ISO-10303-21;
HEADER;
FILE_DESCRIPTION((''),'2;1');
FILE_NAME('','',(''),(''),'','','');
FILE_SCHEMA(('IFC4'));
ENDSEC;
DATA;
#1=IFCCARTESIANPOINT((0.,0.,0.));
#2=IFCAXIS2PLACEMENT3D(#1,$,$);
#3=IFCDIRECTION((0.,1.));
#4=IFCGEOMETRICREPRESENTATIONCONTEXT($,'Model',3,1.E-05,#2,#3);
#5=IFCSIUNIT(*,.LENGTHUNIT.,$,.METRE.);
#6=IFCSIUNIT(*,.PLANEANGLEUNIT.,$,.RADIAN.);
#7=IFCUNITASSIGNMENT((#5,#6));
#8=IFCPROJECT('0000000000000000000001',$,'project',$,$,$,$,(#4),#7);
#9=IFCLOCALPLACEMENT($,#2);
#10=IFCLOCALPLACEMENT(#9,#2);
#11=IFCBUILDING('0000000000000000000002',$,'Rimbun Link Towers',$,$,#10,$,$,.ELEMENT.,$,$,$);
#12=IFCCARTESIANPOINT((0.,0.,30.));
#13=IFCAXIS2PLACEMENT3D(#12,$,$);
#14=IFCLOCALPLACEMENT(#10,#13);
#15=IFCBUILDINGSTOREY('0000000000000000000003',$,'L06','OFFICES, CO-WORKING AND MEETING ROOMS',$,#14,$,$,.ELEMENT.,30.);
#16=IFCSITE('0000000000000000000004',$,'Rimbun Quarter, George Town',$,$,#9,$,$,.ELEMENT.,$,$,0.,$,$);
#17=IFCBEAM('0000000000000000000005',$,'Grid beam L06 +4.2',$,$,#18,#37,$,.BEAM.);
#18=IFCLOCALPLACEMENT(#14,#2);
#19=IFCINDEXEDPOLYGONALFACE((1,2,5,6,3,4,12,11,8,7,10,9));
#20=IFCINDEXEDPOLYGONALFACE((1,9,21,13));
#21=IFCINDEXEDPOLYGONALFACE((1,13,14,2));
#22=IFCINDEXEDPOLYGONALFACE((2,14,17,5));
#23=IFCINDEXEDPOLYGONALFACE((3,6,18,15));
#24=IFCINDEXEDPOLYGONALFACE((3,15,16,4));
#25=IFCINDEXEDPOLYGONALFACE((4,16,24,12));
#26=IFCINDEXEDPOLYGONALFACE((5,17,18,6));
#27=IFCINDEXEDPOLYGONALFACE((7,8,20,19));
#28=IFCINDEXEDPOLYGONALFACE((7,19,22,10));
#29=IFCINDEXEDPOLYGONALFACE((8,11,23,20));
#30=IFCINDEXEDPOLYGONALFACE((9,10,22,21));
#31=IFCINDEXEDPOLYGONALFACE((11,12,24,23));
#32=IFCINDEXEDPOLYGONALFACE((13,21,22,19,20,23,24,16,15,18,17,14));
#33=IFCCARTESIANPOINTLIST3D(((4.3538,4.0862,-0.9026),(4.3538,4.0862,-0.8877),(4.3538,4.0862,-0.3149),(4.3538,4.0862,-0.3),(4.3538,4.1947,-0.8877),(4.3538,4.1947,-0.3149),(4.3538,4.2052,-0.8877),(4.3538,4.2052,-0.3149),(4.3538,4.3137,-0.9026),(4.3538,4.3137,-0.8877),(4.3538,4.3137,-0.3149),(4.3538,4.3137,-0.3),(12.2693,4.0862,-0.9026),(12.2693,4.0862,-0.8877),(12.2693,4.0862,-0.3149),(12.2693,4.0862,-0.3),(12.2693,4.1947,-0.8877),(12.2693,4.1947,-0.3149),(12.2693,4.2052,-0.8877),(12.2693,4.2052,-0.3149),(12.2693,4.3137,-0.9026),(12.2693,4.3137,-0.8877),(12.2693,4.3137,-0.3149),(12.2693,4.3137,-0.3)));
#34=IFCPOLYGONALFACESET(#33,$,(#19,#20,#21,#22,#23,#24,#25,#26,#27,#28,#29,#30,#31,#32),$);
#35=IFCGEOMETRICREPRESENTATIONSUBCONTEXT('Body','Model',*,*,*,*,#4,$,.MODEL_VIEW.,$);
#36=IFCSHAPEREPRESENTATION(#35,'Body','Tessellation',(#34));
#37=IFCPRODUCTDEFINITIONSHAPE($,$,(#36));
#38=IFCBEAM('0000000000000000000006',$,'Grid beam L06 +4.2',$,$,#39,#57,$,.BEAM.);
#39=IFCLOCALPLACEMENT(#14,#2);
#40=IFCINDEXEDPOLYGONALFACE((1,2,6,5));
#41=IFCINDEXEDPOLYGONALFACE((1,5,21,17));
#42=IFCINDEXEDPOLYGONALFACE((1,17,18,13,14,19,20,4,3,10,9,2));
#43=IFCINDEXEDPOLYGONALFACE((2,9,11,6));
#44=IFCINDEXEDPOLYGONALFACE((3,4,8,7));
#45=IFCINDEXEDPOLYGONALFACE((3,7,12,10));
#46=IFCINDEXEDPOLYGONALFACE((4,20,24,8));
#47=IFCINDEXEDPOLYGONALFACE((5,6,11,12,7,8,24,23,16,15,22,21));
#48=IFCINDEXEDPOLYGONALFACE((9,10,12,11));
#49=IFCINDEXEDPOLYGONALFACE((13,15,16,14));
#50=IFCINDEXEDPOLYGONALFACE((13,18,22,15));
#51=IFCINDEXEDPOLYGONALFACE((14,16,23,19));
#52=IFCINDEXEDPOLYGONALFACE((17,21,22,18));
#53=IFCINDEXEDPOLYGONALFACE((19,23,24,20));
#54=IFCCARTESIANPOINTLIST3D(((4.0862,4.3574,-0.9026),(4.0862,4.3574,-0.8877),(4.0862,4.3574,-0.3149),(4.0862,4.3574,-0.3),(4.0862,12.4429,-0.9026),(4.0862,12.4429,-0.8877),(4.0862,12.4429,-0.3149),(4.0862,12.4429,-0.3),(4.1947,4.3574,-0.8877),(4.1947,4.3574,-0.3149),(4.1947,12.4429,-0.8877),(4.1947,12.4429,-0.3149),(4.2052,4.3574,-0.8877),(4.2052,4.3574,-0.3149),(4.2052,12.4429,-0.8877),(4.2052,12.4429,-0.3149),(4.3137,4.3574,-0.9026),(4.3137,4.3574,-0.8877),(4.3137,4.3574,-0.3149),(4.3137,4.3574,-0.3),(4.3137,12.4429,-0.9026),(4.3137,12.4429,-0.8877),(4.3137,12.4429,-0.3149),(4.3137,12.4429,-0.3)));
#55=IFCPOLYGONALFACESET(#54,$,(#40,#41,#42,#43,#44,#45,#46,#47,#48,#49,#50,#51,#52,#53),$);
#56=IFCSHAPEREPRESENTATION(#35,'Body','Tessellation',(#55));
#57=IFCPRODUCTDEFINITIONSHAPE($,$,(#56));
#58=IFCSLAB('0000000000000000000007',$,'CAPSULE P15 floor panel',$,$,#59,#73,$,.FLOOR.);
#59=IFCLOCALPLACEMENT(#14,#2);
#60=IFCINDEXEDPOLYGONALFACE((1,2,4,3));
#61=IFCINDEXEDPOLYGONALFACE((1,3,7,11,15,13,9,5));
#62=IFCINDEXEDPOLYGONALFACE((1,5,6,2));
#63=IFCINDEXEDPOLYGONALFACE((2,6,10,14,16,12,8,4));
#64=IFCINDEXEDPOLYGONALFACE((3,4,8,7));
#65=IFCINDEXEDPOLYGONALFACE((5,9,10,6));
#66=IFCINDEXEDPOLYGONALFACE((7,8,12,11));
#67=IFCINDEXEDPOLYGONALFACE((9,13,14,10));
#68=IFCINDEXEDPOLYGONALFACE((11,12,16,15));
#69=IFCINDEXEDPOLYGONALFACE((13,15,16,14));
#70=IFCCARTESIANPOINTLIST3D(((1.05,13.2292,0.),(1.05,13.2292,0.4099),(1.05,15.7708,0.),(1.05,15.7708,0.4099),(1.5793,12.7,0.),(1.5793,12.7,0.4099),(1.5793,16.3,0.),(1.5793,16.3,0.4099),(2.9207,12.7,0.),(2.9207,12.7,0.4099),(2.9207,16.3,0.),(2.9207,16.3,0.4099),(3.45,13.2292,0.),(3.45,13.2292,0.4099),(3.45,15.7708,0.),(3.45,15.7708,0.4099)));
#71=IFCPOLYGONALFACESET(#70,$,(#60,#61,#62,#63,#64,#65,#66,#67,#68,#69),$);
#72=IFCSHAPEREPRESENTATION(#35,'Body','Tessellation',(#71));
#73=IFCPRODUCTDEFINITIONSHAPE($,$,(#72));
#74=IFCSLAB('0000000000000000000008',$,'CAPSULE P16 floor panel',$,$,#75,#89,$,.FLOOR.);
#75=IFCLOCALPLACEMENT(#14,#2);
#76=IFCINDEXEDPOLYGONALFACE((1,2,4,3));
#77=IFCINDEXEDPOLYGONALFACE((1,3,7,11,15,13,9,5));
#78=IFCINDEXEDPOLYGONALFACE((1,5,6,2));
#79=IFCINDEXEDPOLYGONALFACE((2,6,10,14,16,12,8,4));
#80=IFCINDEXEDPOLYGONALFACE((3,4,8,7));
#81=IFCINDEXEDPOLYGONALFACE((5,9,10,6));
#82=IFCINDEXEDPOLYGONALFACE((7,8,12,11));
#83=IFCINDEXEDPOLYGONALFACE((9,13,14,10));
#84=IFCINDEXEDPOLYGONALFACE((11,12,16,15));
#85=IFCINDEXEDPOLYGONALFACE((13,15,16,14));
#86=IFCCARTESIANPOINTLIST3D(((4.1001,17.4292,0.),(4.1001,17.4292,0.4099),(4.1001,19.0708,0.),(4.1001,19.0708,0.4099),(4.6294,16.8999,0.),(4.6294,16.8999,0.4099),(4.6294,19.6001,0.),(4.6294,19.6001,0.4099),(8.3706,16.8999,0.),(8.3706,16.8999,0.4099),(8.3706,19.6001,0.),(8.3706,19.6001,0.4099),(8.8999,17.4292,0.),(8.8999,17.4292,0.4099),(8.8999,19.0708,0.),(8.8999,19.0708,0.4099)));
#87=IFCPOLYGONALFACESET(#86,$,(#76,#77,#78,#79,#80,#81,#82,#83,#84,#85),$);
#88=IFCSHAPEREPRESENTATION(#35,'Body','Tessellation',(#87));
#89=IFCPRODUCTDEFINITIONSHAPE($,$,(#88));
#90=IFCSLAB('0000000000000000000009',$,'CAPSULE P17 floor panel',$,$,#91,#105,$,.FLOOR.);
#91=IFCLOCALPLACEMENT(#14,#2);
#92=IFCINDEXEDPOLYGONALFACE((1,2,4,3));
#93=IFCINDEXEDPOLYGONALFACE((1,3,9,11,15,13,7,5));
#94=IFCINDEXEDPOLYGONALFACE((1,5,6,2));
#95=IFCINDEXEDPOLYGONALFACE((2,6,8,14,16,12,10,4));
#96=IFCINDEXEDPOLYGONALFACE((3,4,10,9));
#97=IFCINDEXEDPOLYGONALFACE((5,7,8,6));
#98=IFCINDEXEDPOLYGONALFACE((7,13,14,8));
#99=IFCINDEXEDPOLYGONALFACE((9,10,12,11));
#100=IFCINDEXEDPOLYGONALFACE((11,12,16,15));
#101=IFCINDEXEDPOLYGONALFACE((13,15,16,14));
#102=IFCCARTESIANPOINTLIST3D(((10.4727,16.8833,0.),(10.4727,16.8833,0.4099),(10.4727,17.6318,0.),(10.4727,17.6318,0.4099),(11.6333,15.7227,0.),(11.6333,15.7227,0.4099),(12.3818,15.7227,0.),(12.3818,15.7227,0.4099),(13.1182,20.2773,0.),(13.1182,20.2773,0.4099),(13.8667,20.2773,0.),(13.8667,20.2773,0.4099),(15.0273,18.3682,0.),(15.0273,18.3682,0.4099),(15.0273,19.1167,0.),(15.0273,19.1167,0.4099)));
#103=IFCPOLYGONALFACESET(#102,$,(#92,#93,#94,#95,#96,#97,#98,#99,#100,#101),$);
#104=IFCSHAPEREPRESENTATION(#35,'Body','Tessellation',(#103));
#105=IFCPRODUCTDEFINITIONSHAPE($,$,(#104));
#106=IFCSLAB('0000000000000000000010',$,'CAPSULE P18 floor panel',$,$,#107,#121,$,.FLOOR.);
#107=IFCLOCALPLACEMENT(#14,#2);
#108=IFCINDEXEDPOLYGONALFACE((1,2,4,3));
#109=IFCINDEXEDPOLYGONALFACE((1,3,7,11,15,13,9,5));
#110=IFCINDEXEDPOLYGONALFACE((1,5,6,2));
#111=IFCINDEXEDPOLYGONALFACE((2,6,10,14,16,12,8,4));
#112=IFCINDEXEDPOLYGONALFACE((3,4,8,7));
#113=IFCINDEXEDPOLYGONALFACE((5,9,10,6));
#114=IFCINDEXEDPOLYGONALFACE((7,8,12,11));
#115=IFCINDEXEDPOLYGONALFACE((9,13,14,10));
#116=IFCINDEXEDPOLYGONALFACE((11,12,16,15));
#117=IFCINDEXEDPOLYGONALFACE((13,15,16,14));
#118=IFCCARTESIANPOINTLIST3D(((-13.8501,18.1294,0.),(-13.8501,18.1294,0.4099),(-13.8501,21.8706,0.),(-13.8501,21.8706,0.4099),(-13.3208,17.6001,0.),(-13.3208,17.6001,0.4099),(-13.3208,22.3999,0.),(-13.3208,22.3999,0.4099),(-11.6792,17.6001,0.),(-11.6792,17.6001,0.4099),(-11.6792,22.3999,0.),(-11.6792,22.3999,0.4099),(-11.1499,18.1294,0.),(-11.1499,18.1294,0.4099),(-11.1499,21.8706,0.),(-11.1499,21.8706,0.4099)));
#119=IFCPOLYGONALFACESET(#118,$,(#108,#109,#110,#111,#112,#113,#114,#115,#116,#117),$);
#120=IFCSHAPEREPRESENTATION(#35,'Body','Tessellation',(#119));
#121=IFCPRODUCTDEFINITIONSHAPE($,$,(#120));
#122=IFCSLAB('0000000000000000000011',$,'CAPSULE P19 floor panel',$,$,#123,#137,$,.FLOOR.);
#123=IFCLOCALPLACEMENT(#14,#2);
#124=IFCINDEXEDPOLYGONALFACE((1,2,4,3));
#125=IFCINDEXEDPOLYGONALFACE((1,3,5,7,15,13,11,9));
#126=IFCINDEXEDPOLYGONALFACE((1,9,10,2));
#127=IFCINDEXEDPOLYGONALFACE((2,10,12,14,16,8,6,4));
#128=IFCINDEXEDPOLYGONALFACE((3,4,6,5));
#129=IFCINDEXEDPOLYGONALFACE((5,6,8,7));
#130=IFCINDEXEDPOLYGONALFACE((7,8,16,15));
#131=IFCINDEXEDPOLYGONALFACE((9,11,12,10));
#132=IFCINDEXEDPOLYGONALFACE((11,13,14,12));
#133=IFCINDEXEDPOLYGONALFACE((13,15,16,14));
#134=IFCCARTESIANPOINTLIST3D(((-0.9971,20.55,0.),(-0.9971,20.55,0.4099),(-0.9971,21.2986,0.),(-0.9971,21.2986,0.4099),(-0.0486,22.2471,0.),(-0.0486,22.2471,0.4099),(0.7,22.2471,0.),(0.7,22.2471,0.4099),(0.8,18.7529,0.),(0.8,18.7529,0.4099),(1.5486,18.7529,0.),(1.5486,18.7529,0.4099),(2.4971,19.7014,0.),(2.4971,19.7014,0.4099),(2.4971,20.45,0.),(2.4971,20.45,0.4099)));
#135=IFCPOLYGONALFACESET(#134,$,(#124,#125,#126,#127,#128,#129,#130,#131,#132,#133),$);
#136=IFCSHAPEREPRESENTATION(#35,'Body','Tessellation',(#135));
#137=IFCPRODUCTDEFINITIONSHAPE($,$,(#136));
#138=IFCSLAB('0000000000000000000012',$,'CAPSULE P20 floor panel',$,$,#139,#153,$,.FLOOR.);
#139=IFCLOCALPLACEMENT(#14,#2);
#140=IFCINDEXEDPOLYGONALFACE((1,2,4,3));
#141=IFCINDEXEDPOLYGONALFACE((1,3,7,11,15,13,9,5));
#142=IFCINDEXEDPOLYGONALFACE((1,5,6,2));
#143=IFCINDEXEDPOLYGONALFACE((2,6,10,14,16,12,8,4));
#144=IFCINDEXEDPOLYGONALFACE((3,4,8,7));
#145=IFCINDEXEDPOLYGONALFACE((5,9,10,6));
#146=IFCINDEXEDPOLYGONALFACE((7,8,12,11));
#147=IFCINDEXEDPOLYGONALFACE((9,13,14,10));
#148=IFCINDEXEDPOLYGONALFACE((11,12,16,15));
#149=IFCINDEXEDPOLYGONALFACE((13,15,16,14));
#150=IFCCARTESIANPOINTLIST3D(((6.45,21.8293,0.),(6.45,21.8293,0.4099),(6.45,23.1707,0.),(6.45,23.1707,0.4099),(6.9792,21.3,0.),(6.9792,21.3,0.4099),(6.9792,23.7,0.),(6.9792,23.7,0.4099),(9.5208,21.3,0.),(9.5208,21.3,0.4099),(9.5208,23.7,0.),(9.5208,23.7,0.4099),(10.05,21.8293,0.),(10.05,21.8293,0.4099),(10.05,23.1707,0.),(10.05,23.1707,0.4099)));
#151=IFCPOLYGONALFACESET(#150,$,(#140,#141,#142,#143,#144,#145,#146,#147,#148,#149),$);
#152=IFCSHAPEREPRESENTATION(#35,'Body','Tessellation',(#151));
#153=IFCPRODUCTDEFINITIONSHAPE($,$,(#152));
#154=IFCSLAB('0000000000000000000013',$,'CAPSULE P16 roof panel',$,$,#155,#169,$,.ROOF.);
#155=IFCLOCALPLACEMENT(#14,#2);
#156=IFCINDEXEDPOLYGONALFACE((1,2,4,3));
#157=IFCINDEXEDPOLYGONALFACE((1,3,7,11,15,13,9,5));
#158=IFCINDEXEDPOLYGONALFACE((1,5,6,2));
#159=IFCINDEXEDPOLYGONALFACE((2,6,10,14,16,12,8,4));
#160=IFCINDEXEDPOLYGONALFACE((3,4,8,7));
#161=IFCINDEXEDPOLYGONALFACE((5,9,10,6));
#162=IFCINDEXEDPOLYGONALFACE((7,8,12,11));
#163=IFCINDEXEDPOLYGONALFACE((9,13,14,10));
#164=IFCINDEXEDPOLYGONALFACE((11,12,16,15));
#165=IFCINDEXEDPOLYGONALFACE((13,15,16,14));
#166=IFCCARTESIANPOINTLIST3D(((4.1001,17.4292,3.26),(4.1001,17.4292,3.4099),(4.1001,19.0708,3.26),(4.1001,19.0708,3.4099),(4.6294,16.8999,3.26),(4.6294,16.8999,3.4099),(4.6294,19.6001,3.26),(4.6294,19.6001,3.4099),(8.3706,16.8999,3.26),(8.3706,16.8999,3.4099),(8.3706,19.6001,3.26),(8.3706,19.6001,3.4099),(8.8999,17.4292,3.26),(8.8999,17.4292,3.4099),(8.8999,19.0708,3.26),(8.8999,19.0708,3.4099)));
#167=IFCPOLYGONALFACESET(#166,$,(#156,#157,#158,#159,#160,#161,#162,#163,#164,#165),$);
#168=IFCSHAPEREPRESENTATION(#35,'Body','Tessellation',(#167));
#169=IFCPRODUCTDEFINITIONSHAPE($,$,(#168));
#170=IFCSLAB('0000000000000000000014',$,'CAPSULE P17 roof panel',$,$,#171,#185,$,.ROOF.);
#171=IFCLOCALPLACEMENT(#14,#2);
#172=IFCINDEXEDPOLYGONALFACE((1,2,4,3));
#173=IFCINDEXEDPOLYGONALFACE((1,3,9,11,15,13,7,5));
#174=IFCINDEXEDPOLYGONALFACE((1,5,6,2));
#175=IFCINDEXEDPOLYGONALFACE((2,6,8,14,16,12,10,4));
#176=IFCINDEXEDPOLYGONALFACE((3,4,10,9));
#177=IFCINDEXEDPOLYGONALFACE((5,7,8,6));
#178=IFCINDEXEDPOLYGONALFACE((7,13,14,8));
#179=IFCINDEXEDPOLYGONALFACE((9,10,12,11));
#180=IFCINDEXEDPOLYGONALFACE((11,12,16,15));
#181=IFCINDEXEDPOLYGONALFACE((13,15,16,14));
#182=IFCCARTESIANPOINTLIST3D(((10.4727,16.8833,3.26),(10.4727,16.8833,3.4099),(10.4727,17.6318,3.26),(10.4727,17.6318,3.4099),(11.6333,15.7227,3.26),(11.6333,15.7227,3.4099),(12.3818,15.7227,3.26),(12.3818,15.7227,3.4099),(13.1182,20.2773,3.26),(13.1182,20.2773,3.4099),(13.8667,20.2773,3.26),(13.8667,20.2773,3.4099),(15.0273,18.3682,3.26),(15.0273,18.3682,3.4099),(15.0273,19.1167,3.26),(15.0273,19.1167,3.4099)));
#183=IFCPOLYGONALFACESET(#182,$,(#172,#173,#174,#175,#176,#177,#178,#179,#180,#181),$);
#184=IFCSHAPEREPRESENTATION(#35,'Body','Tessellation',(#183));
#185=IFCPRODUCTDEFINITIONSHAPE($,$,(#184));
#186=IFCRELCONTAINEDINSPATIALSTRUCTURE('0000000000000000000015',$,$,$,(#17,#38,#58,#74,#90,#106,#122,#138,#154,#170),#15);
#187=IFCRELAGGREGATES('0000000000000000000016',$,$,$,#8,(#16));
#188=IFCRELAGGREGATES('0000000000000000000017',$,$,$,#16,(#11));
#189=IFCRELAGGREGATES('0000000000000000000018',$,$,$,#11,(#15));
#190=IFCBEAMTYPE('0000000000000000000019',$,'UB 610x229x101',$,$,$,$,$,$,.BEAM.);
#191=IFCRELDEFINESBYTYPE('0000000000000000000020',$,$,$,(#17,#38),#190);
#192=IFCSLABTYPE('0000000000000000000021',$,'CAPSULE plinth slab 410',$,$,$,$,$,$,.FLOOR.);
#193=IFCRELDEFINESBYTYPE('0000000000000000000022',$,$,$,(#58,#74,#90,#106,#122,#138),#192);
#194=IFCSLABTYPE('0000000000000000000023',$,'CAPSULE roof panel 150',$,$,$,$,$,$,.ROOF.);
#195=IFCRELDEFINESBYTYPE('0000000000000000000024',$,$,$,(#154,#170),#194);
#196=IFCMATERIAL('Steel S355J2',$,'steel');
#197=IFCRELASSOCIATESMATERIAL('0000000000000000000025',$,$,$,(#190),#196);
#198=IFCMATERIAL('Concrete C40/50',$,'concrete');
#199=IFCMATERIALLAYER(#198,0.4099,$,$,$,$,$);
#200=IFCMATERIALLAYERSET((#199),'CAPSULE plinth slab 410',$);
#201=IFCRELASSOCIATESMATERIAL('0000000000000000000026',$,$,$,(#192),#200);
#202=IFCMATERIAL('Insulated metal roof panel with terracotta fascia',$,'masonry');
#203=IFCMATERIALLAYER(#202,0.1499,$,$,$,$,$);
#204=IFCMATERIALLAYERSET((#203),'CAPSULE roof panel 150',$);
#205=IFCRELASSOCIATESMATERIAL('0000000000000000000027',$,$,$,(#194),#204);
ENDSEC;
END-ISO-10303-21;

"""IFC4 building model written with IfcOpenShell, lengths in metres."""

from ifc_helpers import new_model, si_unit, direction, frame, origin, origin_2d, place, context, subcontext, project, spatial, polyline, i_section, outline, extrude, material, layer, layer_set, material_profile, profile_set, type_object, element, save


model = new_model("IFC4")

# Units and contexts
model_context = context("Model", 3, precision=1e-05, world=origin(), true_north=direction((0.0, 1.0)))
body_context = subcontext(model_context, "Body", "Model", "MODEL_VIEW")
ifc_project = project(units=[si_unit("LENGTHUNIT", "METRE"), si_unit("PLANEANGLEUNIT", "RADIAN")], contexts=[model_context])

# Site, building, storey
site_placement = place(None, origin())
site = spatial("IfcSite", under=ifc_project, at=site_placement, Name="Rimbun Quarter, George Town", CompositionType="ELEMENT", RefElevation=0.0)
building_placement = place(site_placement, origin())
building = spatial("IfcBuilding", under=site, at=building_placement, Name="Rimbun Link Towers", CompositionType="ELEMENT")
storey_placement = place(building_placement, frame((0.0, 0.0, 30.0)))
storey = spatial("IfcBuildingStorey", under=building, at=storey_placement, Name="L06", Description="OFFICES, CO-WORKING AND MEETING ROOMS", CompositionType="ELEMENT", Elevation=30.0)

# Beams
ifc_material_1 = material(Name="Steel S355J2", Category="steel")
ifc_material_profile = material_profile(ifc_material_1, i_section(OverallWidth=0.2275, OverallDepth=0.6025, WebThickness=0.0105, FlangeThickness=0.0149, at=origin_2d()), Name="UB 610x229x101")
ifc_profile_set = profile_set([ifc_material_profile], Name="Steel S355J2")
beam_type = type_object("IfcBeamType", Name="UB 610x229x101", PredefinedType="BEAM", material=ifc_profile_set)
beam_1_placement = place(storey_placement, frame((4.3538, 4.2, -0.6013), z_axis=(1.0, 0.0, 0.0), x_axis=(0.0, 1.0, 0.0)))
element("IfcBeam", 1, at=beam_1_placement, inside=storey, type_object=beam_type, Name="Grid beam L06 +4.2", PredefinedType="BEAM", context=body_context, shape_type="SweptSolid", body=[
    extrude(i_section(OverallWidth=0.2275, OverallDepth=0.6025, WebThickness=0.0105, FlangeThickness=0.0149, at=origin_2d()), origin(), (0.0, 0.0, 1.0), 7.9155),
])
beam_2_placement = place(storey_placement, frame((4.2, 4.3574, -0.6013), z_axis=(0.0, 1.0, 0.0), x_axis=(-1.0, 0.0, 0.0)))
element("IfcBeam", 2, at=beam_2_placement, inside=storey, type_object=beam_type, Name="Grid beam L06 +4.2", PredefinedType="BEAM", context=body_context, shape_type="SweptSolid", body=[
    extrude(i_section(OverallWidth=0.2275, OverallDepth=0.6025, WebThickness=0.0105, FlangeThickness=0.0149, at=origin_2d()), origin(), (0.0, 0.0, 1.0), 8.0854),
])

# Slabs
ifc_material_2 = material(Name="Concrete C40/50", Category="concrete")
ifc_layer_1 = layer(ifc_material_2, 0.4099)
ifc_layer_set_1 = layer_set([ifc_layer_1], Name="CAPSULE plinth slab 410")
slab_type_1 = type_object("IfcSlabType", Name="CAPSULE plinth slab 410", PredefinedType="FLOOR", material=ifc_layer_set_1)
slab_1_placement = place(storey_placement, origin())
element("IfcSlab", 3, at=slab_1_placement, inside=storey, type_object=slab_type_1, Name="CAPSULE P15 floor panel", PredefinedType="FLOOR", context=body_context, shape_type="SweptSolid", body=[
    extrude(outline(polyline([(1.5793, 16.3), (1.05, 15.7708), (1.05, 13.2292), (1.5793, 12.7), (2.9207, 12.7), (3.45, 13.2292), (3.45, 15.7708), (2.9207, 16.3), (1.5793, 16.3)])), origin(), (0.0, 0.0, 1.0), 0.4099),
])
slab_2_placement = place(storey_placement, origin())
element("IfcSlab", 4, at=slab_2_placement, inside=storey, type_object=slab_type_1, Name="CAPSULE P16 floor panel", PredefinedType="FLOOR", context=body_context, shape_type="SweptSolid", body=[
    extrude(outline(polyline([(8.8999, 19.0708), (8.3706, 19.6001), (4.6294, 19.6001), (4.1001, 19.0708), (4.1001, 17.4292), (4.6294, 16.8999), (8.3706, 16.8999), (8.8999, 17.4292), (8.8999, 19.0708)])), origin(), (0.0, 0.0, 1.0), 0.4099),
])
slab_3_placement = place(storey_placement, origin())
element("IfcSlab", 5, at=slab_3_placement, inside=storey, type_object=slab_type_1, Name="CAPSULE P17 floor panel", PredefinedType="FLOOR", context=body_context, shape_type="SweptSolid", body=[
    extrude(outline(polyline([(13.8667, 20.2773), (13.1182, 20.2773), (10.4727, 17.6318), (10.4727, 16.8833), (11.6333, 15.7227), (12.3818, 15.7227), (15.0273, 18.3682), (15.0273, 19.1167), (13.8667, 20.2773)])), origin(), (0.0, 0.0, 1.0), 0.4099),
])
slab_4_placement = place(storey_placement, origin())
element("IfcSlab", 6, at=slab_4_placement, inside=storey, type_object=slab_type_1, Name="CAPSULE P18 floor panel", PredefinedType="FLOOR", context=body_context, shape_type="SweptSolid", body=[
    extrude(outline(polyline([(-13.3208, 22.3999), (-13.8501, 21.8706), (-13.8501, 18.1294), (-13.3208, 17.6001), (-11.6792, 17.6001), (-11.1499, 18.1294), (-11.1499, 21.8706), (-11.6792, 22.3999), (-13.3208, 22.3999)])), origin(), (0.0, 0.0, 1.0), 0.4099),
])
slab_5_placement = place(storey_placement, origin())
element("IfcSlab", 7, at=slab_5_placement, inside=storey, type_object=slab_type_1, Name="CAPSULE P19 floor panel", PredefinedType="FLOOR", context=body_context, shape_type="SweptSolid", body=[
    extrude(outline(polyline([(-0.9971, 21.2986), (-0.9971, 20.55), (0.8, 18.7529), (1.5486, 18.7529), (2.4971, 19.7014), (2.4971, 20.45), (0.7, 22.2471), (-0.0486, 22.2471), (-0.9971, 21.2986)])), origin(), (0.0, 0.0, 1.0), 0.4099),
])
slab_6_placement = place(storey_placement, origin())
element("IfcSlab", 8, at=slab_6_placement, inside=storey, type_object=slab_type_1, Name="CAPSULE P20 floor panel", PredefinedType="FLOOR", context=body_context, shape_type="SweptSolid", body=[
    extrude(outline(polyline([(10.05, 23.1707), (9.5208, 23.7), (6.9792, 23.7), (6.45, 23.1707), (6.45, 21.8293), (6.9792, 21.3), (9.5208, 21.3), (10.05, 21.8293), (10.05, 23.1707)])), origin(), (0.0, 0.0, 1.0), 0.4099),
])
ifc_material_3 = material(Name="Insulated metal roof panel with terracotta fascia", Category="masonry")
ifc_layer_2 = layer(ifc_material_3, 0.1499)
ifc_layer_set_2 = layer_set([ifc_layer_2], Name="CAPSULE roof panel 150")
slab_type_2 = type_object("IfcSlabType", Name="CAPSULE roof panel 150", PredefinedType="ROOF", material=ifc_layer_set_2)
slab_7_placement = place(storey_placement, frame((0.0, 0.0, 3.26)))
element("IfcSlab", 9, at=slab_7_placement, inside=storey, type_object=slab_type_2, Name="CAPSULE P16 roof panel", PredefinedType="ROOF", context=body_context, shape_type="SweptSolid", body=[
    extrude(outline(polyline([(8.8999, 19.0708), (8.3706, 19.6001), (4.6294, 19.6001), (4.1001, 19.0708), (4.1001, 17.4292), (4.6294, 16.8999), (8.3706, 16.8999), (8.8999, 17.4292), (8.8999, 19.0708)])), origin(), (0.0, 0.0, 1.0), 0.1499),
])
slab_8_placement = place(storey_placement, frame((0.0, 0.0, 3.26)))
element("IfcSlab", 10, at=slab_8_placement, inside=storey, type_object=slab_type_2, Name="CAPSULE P17 roof panel", PredefinedType="ROOF", context=body_context, shape_type="SweptSolid", body=[
    extrude(outline(polyline([(13.8667, 20.2773), (13.1182, 20.2773), (10.4727, 17.6318), (10.4727, 16.8833), (11.6333, 15.7227), (12.3818, 15.7227), (15.0273, 18.3682), (15.0273, 19.1167), (13.8667, 20.2773)])), origin(), (0.0, 0.0, 1.0), 0.1499),
])

save(model, "model.ifc")
